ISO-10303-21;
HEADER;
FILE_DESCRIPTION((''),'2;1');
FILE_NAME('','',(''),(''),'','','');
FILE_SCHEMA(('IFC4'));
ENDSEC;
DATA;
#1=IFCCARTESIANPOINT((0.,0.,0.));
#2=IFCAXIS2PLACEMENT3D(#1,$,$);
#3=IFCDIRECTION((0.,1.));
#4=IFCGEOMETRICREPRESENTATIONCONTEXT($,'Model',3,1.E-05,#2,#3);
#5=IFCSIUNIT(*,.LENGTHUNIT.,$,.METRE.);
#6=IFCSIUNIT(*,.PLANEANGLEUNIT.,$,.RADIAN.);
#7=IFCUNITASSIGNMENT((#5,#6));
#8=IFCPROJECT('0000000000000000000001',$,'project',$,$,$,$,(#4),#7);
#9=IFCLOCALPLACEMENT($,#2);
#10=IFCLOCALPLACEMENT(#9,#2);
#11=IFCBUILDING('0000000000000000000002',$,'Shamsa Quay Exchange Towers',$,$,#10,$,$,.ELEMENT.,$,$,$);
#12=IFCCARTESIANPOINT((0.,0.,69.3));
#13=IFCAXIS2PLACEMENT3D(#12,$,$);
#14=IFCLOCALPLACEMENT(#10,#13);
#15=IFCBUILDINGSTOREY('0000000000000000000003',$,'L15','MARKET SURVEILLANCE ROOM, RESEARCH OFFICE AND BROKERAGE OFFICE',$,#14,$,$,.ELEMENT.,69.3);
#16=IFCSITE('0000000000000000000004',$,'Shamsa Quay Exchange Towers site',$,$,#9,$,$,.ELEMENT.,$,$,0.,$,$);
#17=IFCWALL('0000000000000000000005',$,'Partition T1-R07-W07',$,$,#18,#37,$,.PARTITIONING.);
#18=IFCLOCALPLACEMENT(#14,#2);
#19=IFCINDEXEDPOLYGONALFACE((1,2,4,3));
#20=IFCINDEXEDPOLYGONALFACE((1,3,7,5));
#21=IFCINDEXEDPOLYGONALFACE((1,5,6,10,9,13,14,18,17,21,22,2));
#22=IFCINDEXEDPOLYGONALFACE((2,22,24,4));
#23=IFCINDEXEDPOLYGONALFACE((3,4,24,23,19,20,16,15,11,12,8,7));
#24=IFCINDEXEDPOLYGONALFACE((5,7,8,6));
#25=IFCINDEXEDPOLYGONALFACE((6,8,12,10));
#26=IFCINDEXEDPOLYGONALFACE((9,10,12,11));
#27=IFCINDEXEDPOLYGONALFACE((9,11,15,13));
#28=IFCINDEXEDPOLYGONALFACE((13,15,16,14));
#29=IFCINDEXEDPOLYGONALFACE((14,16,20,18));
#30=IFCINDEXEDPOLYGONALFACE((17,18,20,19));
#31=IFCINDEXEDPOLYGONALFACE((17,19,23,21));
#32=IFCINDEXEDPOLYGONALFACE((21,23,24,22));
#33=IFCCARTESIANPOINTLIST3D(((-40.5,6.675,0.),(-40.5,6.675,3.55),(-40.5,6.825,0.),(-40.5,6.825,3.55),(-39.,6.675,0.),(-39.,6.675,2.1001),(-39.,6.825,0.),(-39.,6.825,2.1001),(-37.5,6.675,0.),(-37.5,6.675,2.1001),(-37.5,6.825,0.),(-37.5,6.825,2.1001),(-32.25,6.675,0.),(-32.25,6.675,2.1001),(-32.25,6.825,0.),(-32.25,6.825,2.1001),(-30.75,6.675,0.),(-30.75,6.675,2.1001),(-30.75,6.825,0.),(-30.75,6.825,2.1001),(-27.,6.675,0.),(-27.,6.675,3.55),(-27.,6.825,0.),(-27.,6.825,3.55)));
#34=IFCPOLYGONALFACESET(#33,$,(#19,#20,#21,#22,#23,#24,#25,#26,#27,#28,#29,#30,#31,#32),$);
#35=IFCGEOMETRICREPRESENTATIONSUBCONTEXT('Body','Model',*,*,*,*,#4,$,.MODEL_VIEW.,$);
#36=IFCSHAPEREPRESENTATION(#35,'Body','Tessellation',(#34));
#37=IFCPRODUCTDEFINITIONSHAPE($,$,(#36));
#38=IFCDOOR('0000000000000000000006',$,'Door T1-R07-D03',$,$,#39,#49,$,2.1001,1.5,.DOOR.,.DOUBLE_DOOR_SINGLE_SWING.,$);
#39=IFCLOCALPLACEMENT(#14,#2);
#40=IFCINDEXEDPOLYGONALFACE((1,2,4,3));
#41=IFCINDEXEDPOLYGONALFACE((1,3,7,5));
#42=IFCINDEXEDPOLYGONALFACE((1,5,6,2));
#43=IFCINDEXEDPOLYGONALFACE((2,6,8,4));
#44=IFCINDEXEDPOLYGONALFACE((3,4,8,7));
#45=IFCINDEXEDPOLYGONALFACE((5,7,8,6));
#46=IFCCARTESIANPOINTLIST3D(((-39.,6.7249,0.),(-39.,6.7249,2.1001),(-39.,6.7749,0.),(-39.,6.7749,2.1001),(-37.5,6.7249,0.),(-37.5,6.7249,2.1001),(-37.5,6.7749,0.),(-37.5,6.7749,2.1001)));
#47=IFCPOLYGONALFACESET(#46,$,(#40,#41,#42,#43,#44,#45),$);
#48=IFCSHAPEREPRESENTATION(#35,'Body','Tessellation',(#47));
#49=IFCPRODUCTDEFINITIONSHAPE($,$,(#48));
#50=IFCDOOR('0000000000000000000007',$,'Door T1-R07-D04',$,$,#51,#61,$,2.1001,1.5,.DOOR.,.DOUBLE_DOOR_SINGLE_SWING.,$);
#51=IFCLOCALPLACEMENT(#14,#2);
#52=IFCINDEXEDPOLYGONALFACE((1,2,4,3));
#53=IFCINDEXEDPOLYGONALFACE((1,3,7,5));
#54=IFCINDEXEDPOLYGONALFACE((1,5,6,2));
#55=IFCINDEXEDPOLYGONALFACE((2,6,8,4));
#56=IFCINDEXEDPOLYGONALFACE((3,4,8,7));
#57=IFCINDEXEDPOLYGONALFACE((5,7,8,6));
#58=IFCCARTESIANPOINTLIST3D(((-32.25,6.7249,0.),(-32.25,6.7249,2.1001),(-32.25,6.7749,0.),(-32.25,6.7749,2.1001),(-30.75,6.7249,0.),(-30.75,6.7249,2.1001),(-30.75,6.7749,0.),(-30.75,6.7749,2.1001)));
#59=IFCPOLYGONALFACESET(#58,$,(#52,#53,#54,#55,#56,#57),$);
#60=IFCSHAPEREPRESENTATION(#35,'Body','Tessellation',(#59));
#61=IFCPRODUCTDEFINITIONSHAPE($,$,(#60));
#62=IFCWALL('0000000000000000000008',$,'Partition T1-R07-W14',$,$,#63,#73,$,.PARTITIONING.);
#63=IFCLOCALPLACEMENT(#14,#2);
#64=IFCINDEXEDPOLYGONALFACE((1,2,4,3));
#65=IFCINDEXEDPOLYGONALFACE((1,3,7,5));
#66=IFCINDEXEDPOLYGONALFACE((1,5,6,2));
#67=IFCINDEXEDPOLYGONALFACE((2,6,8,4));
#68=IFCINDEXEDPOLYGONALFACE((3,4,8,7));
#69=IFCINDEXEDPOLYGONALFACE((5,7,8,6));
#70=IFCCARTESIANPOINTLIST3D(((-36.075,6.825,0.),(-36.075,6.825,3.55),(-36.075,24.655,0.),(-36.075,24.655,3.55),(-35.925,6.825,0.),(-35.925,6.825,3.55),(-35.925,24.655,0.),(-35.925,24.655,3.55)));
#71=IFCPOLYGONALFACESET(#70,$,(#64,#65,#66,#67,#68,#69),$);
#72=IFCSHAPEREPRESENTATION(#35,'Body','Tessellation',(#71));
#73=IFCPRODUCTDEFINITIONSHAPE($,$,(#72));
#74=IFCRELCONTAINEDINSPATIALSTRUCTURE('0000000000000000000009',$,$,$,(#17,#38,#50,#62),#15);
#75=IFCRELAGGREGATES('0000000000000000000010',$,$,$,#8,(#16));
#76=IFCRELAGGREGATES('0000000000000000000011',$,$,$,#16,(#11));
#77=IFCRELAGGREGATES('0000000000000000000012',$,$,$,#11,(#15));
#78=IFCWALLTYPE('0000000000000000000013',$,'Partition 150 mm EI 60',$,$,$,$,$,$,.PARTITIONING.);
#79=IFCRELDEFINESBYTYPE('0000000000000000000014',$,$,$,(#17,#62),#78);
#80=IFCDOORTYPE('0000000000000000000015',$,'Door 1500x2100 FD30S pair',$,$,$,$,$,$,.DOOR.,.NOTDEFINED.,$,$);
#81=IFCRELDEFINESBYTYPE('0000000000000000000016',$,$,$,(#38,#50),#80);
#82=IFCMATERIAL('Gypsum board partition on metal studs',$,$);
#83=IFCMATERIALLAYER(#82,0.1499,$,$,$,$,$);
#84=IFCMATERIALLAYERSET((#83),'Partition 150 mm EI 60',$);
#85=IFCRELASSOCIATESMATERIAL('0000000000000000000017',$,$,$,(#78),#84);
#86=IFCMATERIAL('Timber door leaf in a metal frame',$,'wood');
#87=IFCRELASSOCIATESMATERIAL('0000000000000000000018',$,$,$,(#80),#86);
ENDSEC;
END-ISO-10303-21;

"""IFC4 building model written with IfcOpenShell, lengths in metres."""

from ifc_helpers import new_model, si_unit, direction, frame, frame_2d, origin, place, context, subcontext, project, spatial, rectangle, extrude, material, layer, layer_set, type_object, element, fill, save


model = new_model("IFC4")

# Units and contexts
model_context = context("Model", 3, precision=1e-05, world=origin(), true_north=direction((0.0, 1.0)))
body_context = subcontext(model_context, "Body", "Model", "MODEL_VIEW")
ifc_project = project(units=[si_unit("LENGTHUNIT", "METRE"), si_unit("PLANEANGLEUNIT", "RADIAN")], contexts=[model_context])

# Site, building, storey
site_placement = place(None, origin())
site = spatial("IfcSite", under=ifc_project, at=site_placement, Name="Shamsa Quay Exchange Towers site", CompositionType="ELEMENT", RefElevation=0.0)
building_placement = place(site_placement, origin())
building = spatial("IfcBuilding", under=site, at=building_placement, Name="Shamsa Quay Exchange Towers", CompositionType="ELEMENT")
storey_placement = place(building_placement, frame((0.0, 0.0, 69.3)))
storey = spatial("IfcBuildingStorey", under=building, at=storey_placement, Name="L15", Description="MARKET SURVEILLANCE ROOM, RESEARCH OFFICE AND BROKERAGE OFFICE", CompositionType="ELEMENT", Elevation=69.3)

# Shared definitions
ifc_material_1 = material(Name="Gypsum board partition on metal studs")
ifc_material_2 = material(Name="Timber door leaf in a metal frame", Category="wood")

# Wall, openings, doors
ifc_layer_1 = layer(ifc_material_1, 0.1499)
ifc_layer_set_1 = layer_set([ifc_layer_1], Name="Partition 150 mm EI 60")
wall_type_1 = type_object("IfcWallType", Name="Partition 150 mm EI 60", PredefinedType="PARTITIONING", material=ifc_layer_set_1)
wall_1_placement = place(storey_placement, frame((-40.5, 6.75, 0.0)))
wall_1 = element("IfcWall", 1, at=wall_1_placement, inside=storey, type_object=wall_type_1, Name="Partition T1-R07-W07", PredefinedType="PARTITIONING", context=body_context, shape_type="SweptSolid", body=[
    extrude(rectangle(XDim=13.5, YDim=0.1499, at=frame_2d((6.75, 0.0))), origin(), (0.0, 0.0, 1.0), 3.55),
])
opening_1_placement = place(wall_1_placement, frame((1.5, 0.0, 0.0)))
opening_1 = element("IfcOpeningElement", 2, at=opening_1_placement, cuts=wall_1, PredefinedType="OPENING", context=body_context, shape_type="SweptSolid", body=[
    extrude(rectangle(XDim=1.5, YDim=2.1001, at=frame_2d((0.75, 1.05))), frame((0.0, 0.085, 0.0), z_axis=(0.0, -1.0, 0.0), x_axis=(1.0, 0.0, 0.0)), (0.0, 0.0, 1.0), 0.1699),
])
opening_2_placement = place(wall_1_placement, frame((8.25, 0.0, 0.0)))
opening_2 = element("IfcOpeningElement", 3, at=opening_2_placement, cuts=wall_1, PredefinedType="OPENING", context=body_context, shape_type="SweptSolid", body=[
    extrude(rectangle(XDim=1.5, YDim=2.1001, at=frame_2d((0.75, 1.05))), frame((0.0, 0.085, 0.0), z_axis=(0.0, -1.0, 0.0), x_axis=(1.0, 0.0, 0.0)), (0.0, 0.0, 1.0), 0.1699),
])
door_type_1 = type_object("IfcDoorType", Name="Door 1500x2100 FD30S pair", OperationType="NOTDEFINED", PredefinedType="DOOR", material=ifc_material_2)
door_1_placement = place(opening_1_placement, origin())
door_1 = element("IfcDoor", 4, at=door_1_placement, inside=storey, type_object=door_type_1, Name="Door T1-R07-D03", OperationType="DOUBLE_DOOR_SINGLE_SWING", OverallHeight=2.1001, OverallWidth=1.5, PredefinedType="DOOR", context=body_context, shape_type="SweptSolid", body=[
    extrude(rectangle(XDim=1.5, YDim=2.1001, at=frame_2d((0.75, 1.05))), frame((0.0, 0.0249, 0.0), z_axis=(0.0, -1.0, 0.0), x_axis=(1.0, 0.0, 0.0)), (0.0, 0.0, 1.0), 0.05),
])
fill(opening_1, door_1)
door_2_placement = place(opening_2_placement, origin())
door_2 = element("IfcDoor", 5, at=door_2_placement, inside=storey, type_object=door_type_1, Name="Door T1-R07-D04", OperationType="DOUBLE_DOOR_SINGLE_SWING", OverallHeight=2.1001, OverallWidth=1.5, PredefinedType="DOOR", context=body_context, shape_type="SweptSolid", body=[
    extrude(rectangle(XDim=1.5, YDim=2.1001, at=frame_2d((0.75, 1.05))), frame((0.0, 0.0249, 0.0), z_axis=(0.0, -1.0, 0.0), x_axis=(1.0, 0.0, 0.0)), (0.0, 0.0, 1.0), 0.05),
])
fill(opening_2, door_2)

# Wall
wall_2_placement = place(storey_placement, frame((-36.0, 6.825, 0.0), z_axis=(0.0, 0.0, 1.0), x_axis=(0.0, 1.0, 0.0)))
element("IfcWall", 6, at=wall_2_placement, inside=storey, type_object=wall_type_1, Name="Partition T1-R07-W14", PredefinedType="PARTITIONING", context=body_context, shape_type="SweptSolid", body=[
    extrude(rectangle(XDim=17.8301, YDim=0.1499, at=frame_2d((8.915, 0.0))), origin(), (0.0, 0.0, 1.0), 3.55),
])

save(model, "model.ifc")
